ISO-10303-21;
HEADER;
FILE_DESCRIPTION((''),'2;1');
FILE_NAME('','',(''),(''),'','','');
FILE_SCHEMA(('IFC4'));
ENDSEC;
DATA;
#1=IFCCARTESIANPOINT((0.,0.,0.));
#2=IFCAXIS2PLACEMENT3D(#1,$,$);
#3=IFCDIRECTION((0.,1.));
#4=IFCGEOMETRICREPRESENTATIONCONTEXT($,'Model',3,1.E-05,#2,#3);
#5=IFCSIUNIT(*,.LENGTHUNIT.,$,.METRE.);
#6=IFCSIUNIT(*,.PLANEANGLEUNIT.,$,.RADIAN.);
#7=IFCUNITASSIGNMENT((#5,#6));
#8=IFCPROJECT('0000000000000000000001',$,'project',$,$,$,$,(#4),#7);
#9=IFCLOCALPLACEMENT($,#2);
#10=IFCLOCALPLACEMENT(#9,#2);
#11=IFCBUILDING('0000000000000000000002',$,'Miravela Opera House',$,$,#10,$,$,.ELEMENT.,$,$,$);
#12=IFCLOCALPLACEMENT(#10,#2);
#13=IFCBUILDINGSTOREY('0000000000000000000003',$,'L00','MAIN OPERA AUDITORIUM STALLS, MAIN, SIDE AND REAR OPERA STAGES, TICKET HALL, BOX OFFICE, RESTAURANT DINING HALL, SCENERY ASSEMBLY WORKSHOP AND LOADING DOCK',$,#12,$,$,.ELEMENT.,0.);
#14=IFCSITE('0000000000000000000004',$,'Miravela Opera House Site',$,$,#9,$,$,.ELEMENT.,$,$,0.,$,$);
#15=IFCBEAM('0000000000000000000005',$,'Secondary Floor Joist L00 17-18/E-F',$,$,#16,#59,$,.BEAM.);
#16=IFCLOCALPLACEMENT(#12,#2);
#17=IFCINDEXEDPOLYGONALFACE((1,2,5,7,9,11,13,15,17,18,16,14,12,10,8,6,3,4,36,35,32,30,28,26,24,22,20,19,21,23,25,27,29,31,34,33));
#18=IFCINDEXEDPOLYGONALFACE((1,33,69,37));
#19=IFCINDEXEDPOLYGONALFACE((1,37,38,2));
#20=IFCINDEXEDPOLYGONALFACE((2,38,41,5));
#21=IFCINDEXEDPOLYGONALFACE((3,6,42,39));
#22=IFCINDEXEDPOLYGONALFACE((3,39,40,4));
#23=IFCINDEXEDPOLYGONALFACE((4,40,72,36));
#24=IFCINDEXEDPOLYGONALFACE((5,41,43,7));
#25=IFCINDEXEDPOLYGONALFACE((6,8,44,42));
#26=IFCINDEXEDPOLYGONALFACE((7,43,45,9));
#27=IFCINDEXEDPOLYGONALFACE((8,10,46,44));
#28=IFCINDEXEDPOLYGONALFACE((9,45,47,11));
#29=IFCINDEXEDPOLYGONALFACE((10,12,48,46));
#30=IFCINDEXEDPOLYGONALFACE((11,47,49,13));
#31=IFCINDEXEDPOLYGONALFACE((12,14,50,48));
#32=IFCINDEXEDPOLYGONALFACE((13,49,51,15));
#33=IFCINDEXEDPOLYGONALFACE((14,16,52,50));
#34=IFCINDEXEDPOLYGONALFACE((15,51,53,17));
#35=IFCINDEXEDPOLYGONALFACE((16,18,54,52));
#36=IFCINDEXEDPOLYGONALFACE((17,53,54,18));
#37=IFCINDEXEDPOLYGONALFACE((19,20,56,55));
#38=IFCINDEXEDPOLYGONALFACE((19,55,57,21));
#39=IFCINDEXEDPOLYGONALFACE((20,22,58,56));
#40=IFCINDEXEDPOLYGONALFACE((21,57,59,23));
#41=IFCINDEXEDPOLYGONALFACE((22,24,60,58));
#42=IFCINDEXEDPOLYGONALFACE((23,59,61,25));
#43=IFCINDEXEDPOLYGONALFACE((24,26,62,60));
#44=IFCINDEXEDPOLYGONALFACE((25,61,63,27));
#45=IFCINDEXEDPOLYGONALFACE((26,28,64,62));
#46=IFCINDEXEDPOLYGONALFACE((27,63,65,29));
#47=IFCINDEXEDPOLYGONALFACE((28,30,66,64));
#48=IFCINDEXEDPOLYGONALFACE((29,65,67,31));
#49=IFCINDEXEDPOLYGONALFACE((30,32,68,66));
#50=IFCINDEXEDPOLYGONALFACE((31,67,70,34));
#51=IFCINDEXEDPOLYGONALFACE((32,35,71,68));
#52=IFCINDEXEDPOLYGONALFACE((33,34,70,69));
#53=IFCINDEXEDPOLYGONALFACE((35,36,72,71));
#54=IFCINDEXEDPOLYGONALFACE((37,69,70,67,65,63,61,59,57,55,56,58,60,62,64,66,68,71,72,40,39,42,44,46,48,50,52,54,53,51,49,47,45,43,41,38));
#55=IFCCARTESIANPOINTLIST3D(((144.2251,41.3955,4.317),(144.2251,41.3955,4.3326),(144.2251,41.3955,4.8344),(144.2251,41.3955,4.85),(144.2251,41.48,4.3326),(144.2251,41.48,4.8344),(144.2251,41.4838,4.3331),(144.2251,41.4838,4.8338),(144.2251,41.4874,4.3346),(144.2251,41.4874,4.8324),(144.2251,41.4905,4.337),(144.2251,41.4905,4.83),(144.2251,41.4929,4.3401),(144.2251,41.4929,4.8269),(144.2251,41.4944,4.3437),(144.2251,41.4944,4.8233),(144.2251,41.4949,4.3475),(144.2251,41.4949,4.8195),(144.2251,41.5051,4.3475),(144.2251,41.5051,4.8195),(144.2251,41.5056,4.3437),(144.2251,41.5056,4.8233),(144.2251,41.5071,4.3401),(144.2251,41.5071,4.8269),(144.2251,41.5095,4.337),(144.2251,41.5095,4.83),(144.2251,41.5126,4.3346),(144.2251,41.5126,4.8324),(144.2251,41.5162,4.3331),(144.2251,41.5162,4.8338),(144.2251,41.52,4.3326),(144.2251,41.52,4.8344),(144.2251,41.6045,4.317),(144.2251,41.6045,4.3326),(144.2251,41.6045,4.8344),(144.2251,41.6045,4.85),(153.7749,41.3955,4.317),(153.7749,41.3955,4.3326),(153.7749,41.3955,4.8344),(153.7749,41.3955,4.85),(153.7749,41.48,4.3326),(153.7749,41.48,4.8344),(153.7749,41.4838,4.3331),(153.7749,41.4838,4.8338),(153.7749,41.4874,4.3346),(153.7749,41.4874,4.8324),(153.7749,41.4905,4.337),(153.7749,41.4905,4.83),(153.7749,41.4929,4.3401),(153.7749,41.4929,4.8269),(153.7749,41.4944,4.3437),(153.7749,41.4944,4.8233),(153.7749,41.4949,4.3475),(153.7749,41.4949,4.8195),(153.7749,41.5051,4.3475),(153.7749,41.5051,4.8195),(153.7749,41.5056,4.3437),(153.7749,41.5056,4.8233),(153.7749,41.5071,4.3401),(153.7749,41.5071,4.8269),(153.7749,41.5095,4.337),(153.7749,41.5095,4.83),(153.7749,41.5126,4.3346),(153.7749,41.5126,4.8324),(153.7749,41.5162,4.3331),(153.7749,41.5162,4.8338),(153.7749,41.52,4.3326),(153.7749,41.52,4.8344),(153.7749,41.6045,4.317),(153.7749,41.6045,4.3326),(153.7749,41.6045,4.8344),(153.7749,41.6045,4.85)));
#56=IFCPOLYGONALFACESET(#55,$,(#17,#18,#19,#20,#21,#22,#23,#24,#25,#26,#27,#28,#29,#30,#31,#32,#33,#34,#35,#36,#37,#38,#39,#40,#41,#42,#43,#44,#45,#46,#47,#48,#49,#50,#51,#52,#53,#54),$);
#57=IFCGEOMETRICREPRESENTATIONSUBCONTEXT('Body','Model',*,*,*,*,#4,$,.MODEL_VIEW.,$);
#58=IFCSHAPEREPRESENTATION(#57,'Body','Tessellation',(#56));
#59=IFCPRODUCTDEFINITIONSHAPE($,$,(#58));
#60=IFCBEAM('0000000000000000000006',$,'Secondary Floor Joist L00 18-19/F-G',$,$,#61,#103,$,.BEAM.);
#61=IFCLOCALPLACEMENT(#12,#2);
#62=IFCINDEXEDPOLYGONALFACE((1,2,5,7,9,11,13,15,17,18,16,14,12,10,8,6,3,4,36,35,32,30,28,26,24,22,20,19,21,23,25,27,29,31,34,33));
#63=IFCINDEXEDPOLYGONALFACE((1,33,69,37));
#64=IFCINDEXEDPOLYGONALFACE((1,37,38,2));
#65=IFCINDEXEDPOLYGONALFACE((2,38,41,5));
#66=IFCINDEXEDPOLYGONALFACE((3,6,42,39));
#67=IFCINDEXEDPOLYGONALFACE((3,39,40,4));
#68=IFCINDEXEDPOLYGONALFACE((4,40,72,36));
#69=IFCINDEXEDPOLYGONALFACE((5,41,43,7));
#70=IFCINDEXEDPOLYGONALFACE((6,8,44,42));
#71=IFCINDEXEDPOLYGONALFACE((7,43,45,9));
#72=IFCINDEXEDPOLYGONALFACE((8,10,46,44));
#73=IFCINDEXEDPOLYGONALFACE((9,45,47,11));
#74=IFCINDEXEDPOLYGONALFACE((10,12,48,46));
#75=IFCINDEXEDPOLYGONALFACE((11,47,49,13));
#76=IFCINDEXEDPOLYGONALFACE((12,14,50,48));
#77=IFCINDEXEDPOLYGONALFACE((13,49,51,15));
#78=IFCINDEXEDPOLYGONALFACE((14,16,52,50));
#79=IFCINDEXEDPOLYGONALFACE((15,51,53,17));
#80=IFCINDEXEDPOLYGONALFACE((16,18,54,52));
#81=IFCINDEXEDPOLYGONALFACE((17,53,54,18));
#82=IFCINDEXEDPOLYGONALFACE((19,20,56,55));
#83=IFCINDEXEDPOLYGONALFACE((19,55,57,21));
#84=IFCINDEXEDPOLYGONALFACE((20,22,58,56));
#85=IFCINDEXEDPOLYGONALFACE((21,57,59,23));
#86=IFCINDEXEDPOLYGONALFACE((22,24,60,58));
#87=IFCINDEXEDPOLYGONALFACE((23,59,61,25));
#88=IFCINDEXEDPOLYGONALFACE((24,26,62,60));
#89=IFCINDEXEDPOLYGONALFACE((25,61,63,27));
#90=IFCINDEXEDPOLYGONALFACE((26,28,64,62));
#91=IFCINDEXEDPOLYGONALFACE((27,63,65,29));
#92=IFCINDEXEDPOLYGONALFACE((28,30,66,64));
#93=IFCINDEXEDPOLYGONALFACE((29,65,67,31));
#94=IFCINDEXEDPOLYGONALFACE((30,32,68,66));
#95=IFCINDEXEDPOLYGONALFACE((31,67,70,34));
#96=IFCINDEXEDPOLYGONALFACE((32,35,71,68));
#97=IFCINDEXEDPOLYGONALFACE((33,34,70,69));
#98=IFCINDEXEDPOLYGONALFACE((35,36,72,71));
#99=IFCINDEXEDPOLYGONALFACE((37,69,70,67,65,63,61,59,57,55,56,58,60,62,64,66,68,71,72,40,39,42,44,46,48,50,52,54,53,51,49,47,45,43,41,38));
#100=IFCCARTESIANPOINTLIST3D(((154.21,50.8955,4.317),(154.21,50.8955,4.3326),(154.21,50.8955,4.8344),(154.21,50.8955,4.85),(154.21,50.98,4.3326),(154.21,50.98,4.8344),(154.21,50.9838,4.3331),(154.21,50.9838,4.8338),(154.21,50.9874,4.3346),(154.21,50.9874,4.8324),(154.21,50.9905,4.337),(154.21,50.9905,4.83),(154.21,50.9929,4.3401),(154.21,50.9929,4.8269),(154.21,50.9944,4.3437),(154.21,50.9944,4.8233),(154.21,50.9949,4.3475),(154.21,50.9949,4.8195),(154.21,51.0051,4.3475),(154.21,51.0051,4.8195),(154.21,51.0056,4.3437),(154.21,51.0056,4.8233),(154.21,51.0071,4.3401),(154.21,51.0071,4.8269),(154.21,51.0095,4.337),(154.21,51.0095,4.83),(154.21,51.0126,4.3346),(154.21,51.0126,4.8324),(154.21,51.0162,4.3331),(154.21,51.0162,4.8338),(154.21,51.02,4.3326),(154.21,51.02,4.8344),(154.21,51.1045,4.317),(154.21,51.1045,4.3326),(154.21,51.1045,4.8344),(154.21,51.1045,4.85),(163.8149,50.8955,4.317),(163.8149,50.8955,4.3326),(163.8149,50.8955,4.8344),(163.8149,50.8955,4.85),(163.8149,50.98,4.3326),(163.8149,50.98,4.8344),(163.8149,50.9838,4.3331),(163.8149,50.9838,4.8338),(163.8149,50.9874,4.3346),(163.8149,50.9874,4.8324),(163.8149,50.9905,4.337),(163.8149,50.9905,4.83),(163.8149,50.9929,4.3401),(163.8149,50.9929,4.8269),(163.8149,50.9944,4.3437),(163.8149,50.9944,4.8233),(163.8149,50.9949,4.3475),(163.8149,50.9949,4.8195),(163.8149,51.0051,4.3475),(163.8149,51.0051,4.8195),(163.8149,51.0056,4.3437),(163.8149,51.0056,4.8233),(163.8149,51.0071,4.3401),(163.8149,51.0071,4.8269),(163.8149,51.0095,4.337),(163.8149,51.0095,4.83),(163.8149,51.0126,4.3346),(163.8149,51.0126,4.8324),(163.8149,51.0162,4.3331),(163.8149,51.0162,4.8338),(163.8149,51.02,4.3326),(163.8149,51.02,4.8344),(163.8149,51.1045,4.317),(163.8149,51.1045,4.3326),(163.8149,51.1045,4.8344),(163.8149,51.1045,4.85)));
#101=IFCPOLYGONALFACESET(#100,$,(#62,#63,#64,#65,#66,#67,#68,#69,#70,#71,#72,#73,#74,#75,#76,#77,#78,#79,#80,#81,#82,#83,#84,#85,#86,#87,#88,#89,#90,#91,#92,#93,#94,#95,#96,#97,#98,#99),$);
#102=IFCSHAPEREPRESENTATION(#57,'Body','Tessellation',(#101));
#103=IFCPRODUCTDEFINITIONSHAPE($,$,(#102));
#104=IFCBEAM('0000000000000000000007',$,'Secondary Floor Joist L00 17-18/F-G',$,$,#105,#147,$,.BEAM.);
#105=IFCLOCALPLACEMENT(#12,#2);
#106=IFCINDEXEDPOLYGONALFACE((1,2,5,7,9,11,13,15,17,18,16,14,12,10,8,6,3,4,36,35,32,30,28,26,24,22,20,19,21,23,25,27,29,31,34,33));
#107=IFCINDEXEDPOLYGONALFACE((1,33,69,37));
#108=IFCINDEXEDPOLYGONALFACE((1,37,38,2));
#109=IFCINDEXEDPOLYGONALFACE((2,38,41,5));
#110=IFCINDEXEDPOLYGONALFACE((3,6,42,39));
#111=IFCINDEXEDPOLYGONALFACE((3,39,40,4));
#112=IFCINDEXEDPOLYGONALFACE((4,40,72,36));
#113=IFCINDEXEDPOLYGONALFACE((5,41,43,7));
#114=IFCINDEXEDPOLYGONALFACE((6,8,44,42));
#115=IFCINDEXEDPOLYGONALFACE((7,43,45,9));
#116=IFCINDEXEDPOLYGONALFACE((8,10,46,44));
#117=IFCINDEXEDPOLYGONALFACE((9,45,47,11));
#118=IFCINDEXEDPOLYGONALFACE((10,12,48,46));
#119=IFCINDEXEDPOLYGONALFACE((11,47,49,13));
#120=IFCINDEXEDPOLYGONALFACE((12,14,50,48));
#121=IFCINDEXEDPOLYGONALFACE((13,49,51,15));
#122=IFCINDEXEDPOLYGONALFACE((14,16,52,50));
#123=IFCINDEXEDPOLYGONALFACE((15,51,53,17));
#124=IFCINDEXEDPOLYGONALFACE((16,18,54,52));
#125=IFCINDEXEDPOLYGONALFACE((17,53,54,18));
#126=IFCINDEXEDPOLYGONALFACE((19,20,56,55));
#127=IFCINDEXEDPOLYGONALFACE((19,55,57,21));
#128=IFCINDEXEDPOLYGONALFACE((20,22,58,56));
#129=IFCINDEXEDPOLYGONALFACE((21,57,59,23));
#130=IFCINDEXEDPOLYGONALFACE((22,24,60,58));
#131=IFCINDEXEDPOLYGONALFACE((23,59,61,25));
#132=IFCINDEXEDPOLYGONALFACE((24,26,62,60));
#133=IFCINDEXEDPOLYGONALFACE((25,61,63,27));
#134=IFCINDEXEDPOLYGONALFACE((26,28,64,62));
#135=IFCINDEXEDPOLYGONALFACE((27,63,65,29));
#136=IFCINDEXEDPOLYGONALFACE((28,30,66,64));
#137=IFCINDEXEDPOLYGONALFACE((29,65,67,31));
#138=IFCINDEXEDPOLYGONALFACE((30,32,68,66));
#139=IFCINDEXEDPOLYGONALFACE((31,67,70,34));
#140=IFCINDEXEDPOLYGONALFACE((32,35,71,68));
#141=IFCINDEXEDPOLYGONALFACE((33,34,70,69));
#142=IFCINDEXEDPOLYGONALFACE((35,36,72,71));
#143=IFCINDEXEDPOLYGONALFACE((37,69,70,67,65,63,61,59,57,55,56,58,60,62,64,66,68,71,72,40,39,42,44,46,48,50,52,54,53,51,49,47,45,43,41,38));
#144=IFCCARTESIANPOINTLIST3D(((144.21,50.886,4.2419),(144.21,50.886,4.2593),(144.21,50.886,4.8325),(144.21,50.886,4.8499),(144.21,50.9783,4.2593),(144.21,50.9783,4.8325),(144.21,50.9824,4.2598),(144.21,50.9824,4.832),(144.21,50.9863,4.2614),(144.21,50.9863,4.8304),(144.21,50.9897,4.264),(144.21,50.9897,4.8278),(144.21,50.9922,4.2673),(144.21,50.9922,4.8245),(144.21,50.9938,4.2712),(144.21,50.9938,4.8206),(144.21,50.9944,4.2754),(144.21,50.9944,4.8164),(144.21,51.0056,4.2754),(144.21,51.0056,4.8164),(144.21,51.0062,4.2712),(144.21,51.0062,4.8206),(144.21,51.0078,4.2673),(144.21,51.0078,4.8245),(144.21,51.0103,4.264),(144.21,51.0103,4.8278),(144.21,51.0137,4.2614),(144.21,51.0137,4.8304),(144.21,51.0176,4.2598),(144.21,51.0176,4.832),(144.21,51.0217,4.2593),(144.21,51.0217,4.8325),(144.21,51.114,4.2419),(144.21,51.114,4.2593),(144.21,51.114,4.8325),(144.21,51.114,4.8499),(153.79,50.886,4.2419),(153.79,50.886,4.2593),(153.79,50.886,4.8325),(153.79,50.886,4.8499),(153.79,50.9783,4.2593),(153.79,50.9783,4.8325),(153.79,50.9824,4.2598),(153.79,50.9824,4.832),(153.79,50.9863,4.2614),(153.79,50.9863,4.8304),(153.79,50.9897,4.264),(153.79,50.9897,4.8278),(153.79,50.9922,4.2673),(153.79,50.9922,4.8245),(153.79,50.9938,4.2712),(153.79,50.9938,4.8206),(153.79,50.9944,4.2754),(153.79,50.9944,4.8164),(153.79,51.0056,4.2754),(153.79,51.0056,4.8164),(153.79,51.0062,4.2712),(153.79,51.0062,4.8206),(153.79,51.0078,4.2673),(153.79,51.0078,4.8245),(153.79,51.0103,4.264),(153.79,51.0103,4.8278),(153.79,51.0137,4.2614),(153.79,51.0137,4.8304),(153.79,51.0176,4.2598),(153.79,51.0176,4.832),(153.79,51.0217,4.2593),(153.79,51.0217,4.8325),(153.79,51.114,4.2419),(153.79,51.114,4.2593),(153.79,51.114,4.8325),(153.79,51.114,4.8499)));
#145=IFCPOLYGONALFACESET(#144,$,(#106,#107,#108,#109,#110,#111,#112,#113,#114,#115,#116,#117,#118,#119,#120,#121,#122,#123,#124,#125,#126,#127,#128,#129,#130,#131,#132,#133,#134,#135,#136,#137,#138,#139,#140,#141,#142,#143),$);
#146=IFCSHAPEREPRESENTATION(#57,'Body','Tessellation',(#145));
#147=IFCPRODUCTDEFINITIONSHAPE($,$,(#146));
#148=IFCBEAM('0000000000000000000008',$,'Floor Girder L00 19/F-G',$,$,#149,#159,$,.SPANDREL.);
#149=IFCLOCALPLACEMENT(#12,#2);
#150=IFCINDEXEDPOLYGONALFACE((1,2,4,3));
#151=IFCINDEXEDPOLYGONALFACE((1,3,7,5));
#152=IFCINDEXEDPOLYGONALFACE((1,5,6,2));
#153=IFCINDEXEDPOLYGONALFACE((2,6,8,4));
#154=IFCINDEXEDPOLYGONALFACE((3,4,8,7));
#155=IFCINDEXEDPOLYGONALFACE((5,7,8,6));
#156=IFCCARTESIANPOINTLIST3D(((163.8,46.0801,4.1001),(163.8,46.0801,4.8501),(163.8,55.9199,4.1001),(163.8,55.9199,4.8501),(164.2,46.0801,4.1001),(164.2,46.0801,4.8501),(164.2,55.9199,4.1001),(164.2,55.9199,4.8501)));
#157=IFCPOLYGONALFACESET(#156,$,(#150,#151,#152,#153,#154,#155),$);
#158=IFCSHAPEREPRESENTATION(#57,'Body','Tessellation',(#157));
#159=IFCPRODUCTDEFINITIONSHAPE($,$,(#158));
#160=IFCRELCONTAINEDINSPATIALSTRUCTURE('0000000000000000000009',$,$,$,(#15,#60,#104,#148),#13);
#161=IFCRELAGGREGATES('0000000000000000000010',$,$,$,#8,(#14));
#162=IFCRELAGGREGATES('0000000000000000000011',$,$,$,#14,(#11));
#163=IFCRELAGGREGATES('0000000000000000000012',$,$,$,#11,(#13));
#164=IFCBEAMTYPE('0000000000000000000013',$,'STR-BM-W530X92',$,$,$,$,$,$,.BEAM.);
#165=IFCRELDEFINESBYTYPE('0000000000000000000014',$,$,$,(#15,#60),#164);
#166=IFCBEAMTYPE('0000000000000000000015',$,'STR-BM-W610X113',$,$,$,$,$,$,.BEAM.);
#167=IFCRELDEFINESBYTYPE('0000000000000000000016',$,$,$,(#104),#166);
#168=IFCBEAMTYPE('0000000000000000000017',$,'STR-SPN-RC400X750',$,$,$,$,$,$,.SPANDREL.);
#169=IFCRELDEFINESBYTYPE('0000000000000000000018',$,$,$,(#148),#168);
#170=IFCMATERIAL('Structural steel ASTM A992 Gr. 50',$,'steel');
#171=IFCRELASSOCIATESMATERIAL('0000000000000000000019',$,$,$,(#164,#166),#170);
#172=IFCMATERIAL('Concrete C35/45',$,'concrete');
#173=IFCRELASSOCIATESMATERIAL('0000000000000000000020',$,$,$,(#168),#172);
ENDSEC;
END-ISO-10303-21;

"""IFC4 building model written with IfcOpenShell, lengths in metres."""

from ifc_helpers import new_model, si_unit, direction, frame, origin, origin_2d, place, context, subcontext, project, spatial, rectangle, i_section, extrude, material, material_profile, profile_set, type_object, element, save


model = new_model("IFC4")

# Units and contexts
model_context = context("Model", 3, precision=1e-05, world=origin(), true_north=direction((0.0, 1.0)))
body_context = subcontext(model_context, "Body", "Model", "MODEL_VIEW")
ifc_project = project(units=[si_unit("LENGTHUNIT", "METRE"), si_unit("PLANEANGLEUNIT", "RADIAN")], contexts=[model_context])

# Site, building, storey
site_placement = place(None, origin())
site = spatial("IfcSite", under=ifc_project, at=site_placement, Name="Miravela Opera House Site", CompositionType="ELEMENT", RefElevation=0.0)
building_placement = place(site_placement, origin())
building = spatial("IfcBuilding", under=site, at=building_placement, Name="Miravela Opera House", CompositionType="ELEMENT")
storey_placement = place(building_placement, origin())
storey = spatial("IfcBuildingStorey", under=building, at=storey_placement, Name="L00", Description="MAIN OPERA AUDITORIUM STALLS, MAIN, SIDE AND REAR OPERA STAGES, TICKET HALL, BOX OFFICE, RESTAURANT DINING HALL, SCENERY ASSEMBLY WORKSHOP AND LOADING DOCK", CompositionType="ELEMENT", Elevation=0.0)

# Shared definitions
ifc_material_1 = material(Name="Concrete C35/45", Category="concrete")

# Beams
ifc_material_2 = material(Name="Structural steel ASTM A992 Gr. 50", Category="steel")
ifc_material_profile_1 = material_profile(ifc_material_2, i_section(OverallWidth=0.209, OverallDepth=0.533, WebThickness=0.0103, FlangeThickness=0.0156, FilletRadius=0.0149, at=origin_2d()), Name="W530X92")
ifc_profile_set_1 = profile_set([ifc_material_profile_1])
beam_type_1 = type_object("IfcBeamType", Name="STR-BM-W530X92", PredefinedType="BEAM", material=ifc_profile_set_1)
beam_1_placement = place(storey_placement, frame((144.2251, 41.5, 4.5835), z_axis=(1.0, 0.0, 0.0), x_axis=(0.0, 1.0, 0.0)))
element("IfcBeam", 1, at=beam_1_placement, inside=storey, type_object=beam_type_1, Name="Secondary Floor Joist L00 17-18/E-F", PredefinedType="BEAM", context=body_context, shape_type="SweptSolid", body=[
    extrude(i_section(OverallWidth=0.209, OverallDepth=0.533, WebThickness=0.0103, FlangeThickness=0.0156, FilletRadius=0.0149, at=origin_2d()), origin(), (0.0, 0.0, 1.0), 9.5498),
])
beam_2_placement = place(storey_placement, frame((154.21, 51.0, 4.5835), z_axis=(1.0, 0.0, 0.0), x_axis=(0.0, 1.0, 0.0)))
element("IfcBeam", 2, at=beam_2_placement, inside=storey, type_object=beam_type_1, Name="Secondary Floor Joist L00 18-19/F-G", PredefinedType="BEAM", context=body_context, shape_type="SweptSolid", body=[
    extrude(i_section(OverallWidth=0.209, OverallDepth=0.533, WebThickness=0.0103, FlangeThickness=0.0156, FilletRadius=0.0149, at=origin_2d()), origin(), (0.0, 0.0, 1.0), 9.605),
])
ifc_material_profile_2 = material_profile(ifc_material_2, i_section(OverallWidth=0.228, OverallDepth=0.6079, WebThickness=0.0112, FlangeThickness=0.0173, FilletRadius=0.0161, at=origin_2d()), Name="W610X113")
ifc_profile_set_2 = profile_set([ifc_material_profile_2])
beam_type_2 = type_object("IfcBeamType", Name="STR-BM-W610X113", PredefinedType="BEAM", material=ifc_profile_set_2)
beam_3_placement = place(storey_placement, frame((144.21, 51.0, 4.5459), z_axis=(1.0, 0.0, 0.0), x_axis=(0.0, 1.0, 0.0)))
element("IfcBeam", 3, at=beam_3_placement, inside=storey, type_object=beam_type_2, Name="Secondary Floor Joist L00 17-18/F-G", PredefinedType="BEAM", context=body_context, shape_type="SweptSolid", body=[
    extrude(i_section(OverallWidth=0.228, OverallDepth=0.6079, WebThickness=0.0112, FlangeThickness=0.0173, FilletRadius=0.0161, at=origin_2d()), origin(), (0.0, 0.0, 1.0), 9.5801),
])
ifc_material_profile_3 = material_profile(ifc_material_1, rectangle(XDim=0.3999, YDim=0.75, at=origin_2d()), Name="RC-SPN-400X750")
ifc_profile_set_3 = profile_set([ifc_material_profile_3])
beam_type_3 = type_object("IfcBeamType", Name="STR-SPN-RC400X750", PredefinedType="SPANDREL", material=ifc_profile_set_3)
beam_4_placement = place(storey_placement, frame((164.0, 46.0801, 4.4751), z_axis=(0.0, 1.0, 0.0), x_axis=(-1.0, 0.0, 0.0)))
element("IfcBeam", 4, at=beam_4_placement, inside=storey, type_object=beam_type_3, Name="Floor Girder L00 19/F-G", PredefinedType="SPANDREL", context=body_context, shape_type="SweptSolid", body=[
    extrude(rectangle(XDim=0.3999, YDim=0.75, at=origin_2d()), origin(), (0.0, 0.0, 1.0), 9.8398),
])

save(model, "model.ifc")
